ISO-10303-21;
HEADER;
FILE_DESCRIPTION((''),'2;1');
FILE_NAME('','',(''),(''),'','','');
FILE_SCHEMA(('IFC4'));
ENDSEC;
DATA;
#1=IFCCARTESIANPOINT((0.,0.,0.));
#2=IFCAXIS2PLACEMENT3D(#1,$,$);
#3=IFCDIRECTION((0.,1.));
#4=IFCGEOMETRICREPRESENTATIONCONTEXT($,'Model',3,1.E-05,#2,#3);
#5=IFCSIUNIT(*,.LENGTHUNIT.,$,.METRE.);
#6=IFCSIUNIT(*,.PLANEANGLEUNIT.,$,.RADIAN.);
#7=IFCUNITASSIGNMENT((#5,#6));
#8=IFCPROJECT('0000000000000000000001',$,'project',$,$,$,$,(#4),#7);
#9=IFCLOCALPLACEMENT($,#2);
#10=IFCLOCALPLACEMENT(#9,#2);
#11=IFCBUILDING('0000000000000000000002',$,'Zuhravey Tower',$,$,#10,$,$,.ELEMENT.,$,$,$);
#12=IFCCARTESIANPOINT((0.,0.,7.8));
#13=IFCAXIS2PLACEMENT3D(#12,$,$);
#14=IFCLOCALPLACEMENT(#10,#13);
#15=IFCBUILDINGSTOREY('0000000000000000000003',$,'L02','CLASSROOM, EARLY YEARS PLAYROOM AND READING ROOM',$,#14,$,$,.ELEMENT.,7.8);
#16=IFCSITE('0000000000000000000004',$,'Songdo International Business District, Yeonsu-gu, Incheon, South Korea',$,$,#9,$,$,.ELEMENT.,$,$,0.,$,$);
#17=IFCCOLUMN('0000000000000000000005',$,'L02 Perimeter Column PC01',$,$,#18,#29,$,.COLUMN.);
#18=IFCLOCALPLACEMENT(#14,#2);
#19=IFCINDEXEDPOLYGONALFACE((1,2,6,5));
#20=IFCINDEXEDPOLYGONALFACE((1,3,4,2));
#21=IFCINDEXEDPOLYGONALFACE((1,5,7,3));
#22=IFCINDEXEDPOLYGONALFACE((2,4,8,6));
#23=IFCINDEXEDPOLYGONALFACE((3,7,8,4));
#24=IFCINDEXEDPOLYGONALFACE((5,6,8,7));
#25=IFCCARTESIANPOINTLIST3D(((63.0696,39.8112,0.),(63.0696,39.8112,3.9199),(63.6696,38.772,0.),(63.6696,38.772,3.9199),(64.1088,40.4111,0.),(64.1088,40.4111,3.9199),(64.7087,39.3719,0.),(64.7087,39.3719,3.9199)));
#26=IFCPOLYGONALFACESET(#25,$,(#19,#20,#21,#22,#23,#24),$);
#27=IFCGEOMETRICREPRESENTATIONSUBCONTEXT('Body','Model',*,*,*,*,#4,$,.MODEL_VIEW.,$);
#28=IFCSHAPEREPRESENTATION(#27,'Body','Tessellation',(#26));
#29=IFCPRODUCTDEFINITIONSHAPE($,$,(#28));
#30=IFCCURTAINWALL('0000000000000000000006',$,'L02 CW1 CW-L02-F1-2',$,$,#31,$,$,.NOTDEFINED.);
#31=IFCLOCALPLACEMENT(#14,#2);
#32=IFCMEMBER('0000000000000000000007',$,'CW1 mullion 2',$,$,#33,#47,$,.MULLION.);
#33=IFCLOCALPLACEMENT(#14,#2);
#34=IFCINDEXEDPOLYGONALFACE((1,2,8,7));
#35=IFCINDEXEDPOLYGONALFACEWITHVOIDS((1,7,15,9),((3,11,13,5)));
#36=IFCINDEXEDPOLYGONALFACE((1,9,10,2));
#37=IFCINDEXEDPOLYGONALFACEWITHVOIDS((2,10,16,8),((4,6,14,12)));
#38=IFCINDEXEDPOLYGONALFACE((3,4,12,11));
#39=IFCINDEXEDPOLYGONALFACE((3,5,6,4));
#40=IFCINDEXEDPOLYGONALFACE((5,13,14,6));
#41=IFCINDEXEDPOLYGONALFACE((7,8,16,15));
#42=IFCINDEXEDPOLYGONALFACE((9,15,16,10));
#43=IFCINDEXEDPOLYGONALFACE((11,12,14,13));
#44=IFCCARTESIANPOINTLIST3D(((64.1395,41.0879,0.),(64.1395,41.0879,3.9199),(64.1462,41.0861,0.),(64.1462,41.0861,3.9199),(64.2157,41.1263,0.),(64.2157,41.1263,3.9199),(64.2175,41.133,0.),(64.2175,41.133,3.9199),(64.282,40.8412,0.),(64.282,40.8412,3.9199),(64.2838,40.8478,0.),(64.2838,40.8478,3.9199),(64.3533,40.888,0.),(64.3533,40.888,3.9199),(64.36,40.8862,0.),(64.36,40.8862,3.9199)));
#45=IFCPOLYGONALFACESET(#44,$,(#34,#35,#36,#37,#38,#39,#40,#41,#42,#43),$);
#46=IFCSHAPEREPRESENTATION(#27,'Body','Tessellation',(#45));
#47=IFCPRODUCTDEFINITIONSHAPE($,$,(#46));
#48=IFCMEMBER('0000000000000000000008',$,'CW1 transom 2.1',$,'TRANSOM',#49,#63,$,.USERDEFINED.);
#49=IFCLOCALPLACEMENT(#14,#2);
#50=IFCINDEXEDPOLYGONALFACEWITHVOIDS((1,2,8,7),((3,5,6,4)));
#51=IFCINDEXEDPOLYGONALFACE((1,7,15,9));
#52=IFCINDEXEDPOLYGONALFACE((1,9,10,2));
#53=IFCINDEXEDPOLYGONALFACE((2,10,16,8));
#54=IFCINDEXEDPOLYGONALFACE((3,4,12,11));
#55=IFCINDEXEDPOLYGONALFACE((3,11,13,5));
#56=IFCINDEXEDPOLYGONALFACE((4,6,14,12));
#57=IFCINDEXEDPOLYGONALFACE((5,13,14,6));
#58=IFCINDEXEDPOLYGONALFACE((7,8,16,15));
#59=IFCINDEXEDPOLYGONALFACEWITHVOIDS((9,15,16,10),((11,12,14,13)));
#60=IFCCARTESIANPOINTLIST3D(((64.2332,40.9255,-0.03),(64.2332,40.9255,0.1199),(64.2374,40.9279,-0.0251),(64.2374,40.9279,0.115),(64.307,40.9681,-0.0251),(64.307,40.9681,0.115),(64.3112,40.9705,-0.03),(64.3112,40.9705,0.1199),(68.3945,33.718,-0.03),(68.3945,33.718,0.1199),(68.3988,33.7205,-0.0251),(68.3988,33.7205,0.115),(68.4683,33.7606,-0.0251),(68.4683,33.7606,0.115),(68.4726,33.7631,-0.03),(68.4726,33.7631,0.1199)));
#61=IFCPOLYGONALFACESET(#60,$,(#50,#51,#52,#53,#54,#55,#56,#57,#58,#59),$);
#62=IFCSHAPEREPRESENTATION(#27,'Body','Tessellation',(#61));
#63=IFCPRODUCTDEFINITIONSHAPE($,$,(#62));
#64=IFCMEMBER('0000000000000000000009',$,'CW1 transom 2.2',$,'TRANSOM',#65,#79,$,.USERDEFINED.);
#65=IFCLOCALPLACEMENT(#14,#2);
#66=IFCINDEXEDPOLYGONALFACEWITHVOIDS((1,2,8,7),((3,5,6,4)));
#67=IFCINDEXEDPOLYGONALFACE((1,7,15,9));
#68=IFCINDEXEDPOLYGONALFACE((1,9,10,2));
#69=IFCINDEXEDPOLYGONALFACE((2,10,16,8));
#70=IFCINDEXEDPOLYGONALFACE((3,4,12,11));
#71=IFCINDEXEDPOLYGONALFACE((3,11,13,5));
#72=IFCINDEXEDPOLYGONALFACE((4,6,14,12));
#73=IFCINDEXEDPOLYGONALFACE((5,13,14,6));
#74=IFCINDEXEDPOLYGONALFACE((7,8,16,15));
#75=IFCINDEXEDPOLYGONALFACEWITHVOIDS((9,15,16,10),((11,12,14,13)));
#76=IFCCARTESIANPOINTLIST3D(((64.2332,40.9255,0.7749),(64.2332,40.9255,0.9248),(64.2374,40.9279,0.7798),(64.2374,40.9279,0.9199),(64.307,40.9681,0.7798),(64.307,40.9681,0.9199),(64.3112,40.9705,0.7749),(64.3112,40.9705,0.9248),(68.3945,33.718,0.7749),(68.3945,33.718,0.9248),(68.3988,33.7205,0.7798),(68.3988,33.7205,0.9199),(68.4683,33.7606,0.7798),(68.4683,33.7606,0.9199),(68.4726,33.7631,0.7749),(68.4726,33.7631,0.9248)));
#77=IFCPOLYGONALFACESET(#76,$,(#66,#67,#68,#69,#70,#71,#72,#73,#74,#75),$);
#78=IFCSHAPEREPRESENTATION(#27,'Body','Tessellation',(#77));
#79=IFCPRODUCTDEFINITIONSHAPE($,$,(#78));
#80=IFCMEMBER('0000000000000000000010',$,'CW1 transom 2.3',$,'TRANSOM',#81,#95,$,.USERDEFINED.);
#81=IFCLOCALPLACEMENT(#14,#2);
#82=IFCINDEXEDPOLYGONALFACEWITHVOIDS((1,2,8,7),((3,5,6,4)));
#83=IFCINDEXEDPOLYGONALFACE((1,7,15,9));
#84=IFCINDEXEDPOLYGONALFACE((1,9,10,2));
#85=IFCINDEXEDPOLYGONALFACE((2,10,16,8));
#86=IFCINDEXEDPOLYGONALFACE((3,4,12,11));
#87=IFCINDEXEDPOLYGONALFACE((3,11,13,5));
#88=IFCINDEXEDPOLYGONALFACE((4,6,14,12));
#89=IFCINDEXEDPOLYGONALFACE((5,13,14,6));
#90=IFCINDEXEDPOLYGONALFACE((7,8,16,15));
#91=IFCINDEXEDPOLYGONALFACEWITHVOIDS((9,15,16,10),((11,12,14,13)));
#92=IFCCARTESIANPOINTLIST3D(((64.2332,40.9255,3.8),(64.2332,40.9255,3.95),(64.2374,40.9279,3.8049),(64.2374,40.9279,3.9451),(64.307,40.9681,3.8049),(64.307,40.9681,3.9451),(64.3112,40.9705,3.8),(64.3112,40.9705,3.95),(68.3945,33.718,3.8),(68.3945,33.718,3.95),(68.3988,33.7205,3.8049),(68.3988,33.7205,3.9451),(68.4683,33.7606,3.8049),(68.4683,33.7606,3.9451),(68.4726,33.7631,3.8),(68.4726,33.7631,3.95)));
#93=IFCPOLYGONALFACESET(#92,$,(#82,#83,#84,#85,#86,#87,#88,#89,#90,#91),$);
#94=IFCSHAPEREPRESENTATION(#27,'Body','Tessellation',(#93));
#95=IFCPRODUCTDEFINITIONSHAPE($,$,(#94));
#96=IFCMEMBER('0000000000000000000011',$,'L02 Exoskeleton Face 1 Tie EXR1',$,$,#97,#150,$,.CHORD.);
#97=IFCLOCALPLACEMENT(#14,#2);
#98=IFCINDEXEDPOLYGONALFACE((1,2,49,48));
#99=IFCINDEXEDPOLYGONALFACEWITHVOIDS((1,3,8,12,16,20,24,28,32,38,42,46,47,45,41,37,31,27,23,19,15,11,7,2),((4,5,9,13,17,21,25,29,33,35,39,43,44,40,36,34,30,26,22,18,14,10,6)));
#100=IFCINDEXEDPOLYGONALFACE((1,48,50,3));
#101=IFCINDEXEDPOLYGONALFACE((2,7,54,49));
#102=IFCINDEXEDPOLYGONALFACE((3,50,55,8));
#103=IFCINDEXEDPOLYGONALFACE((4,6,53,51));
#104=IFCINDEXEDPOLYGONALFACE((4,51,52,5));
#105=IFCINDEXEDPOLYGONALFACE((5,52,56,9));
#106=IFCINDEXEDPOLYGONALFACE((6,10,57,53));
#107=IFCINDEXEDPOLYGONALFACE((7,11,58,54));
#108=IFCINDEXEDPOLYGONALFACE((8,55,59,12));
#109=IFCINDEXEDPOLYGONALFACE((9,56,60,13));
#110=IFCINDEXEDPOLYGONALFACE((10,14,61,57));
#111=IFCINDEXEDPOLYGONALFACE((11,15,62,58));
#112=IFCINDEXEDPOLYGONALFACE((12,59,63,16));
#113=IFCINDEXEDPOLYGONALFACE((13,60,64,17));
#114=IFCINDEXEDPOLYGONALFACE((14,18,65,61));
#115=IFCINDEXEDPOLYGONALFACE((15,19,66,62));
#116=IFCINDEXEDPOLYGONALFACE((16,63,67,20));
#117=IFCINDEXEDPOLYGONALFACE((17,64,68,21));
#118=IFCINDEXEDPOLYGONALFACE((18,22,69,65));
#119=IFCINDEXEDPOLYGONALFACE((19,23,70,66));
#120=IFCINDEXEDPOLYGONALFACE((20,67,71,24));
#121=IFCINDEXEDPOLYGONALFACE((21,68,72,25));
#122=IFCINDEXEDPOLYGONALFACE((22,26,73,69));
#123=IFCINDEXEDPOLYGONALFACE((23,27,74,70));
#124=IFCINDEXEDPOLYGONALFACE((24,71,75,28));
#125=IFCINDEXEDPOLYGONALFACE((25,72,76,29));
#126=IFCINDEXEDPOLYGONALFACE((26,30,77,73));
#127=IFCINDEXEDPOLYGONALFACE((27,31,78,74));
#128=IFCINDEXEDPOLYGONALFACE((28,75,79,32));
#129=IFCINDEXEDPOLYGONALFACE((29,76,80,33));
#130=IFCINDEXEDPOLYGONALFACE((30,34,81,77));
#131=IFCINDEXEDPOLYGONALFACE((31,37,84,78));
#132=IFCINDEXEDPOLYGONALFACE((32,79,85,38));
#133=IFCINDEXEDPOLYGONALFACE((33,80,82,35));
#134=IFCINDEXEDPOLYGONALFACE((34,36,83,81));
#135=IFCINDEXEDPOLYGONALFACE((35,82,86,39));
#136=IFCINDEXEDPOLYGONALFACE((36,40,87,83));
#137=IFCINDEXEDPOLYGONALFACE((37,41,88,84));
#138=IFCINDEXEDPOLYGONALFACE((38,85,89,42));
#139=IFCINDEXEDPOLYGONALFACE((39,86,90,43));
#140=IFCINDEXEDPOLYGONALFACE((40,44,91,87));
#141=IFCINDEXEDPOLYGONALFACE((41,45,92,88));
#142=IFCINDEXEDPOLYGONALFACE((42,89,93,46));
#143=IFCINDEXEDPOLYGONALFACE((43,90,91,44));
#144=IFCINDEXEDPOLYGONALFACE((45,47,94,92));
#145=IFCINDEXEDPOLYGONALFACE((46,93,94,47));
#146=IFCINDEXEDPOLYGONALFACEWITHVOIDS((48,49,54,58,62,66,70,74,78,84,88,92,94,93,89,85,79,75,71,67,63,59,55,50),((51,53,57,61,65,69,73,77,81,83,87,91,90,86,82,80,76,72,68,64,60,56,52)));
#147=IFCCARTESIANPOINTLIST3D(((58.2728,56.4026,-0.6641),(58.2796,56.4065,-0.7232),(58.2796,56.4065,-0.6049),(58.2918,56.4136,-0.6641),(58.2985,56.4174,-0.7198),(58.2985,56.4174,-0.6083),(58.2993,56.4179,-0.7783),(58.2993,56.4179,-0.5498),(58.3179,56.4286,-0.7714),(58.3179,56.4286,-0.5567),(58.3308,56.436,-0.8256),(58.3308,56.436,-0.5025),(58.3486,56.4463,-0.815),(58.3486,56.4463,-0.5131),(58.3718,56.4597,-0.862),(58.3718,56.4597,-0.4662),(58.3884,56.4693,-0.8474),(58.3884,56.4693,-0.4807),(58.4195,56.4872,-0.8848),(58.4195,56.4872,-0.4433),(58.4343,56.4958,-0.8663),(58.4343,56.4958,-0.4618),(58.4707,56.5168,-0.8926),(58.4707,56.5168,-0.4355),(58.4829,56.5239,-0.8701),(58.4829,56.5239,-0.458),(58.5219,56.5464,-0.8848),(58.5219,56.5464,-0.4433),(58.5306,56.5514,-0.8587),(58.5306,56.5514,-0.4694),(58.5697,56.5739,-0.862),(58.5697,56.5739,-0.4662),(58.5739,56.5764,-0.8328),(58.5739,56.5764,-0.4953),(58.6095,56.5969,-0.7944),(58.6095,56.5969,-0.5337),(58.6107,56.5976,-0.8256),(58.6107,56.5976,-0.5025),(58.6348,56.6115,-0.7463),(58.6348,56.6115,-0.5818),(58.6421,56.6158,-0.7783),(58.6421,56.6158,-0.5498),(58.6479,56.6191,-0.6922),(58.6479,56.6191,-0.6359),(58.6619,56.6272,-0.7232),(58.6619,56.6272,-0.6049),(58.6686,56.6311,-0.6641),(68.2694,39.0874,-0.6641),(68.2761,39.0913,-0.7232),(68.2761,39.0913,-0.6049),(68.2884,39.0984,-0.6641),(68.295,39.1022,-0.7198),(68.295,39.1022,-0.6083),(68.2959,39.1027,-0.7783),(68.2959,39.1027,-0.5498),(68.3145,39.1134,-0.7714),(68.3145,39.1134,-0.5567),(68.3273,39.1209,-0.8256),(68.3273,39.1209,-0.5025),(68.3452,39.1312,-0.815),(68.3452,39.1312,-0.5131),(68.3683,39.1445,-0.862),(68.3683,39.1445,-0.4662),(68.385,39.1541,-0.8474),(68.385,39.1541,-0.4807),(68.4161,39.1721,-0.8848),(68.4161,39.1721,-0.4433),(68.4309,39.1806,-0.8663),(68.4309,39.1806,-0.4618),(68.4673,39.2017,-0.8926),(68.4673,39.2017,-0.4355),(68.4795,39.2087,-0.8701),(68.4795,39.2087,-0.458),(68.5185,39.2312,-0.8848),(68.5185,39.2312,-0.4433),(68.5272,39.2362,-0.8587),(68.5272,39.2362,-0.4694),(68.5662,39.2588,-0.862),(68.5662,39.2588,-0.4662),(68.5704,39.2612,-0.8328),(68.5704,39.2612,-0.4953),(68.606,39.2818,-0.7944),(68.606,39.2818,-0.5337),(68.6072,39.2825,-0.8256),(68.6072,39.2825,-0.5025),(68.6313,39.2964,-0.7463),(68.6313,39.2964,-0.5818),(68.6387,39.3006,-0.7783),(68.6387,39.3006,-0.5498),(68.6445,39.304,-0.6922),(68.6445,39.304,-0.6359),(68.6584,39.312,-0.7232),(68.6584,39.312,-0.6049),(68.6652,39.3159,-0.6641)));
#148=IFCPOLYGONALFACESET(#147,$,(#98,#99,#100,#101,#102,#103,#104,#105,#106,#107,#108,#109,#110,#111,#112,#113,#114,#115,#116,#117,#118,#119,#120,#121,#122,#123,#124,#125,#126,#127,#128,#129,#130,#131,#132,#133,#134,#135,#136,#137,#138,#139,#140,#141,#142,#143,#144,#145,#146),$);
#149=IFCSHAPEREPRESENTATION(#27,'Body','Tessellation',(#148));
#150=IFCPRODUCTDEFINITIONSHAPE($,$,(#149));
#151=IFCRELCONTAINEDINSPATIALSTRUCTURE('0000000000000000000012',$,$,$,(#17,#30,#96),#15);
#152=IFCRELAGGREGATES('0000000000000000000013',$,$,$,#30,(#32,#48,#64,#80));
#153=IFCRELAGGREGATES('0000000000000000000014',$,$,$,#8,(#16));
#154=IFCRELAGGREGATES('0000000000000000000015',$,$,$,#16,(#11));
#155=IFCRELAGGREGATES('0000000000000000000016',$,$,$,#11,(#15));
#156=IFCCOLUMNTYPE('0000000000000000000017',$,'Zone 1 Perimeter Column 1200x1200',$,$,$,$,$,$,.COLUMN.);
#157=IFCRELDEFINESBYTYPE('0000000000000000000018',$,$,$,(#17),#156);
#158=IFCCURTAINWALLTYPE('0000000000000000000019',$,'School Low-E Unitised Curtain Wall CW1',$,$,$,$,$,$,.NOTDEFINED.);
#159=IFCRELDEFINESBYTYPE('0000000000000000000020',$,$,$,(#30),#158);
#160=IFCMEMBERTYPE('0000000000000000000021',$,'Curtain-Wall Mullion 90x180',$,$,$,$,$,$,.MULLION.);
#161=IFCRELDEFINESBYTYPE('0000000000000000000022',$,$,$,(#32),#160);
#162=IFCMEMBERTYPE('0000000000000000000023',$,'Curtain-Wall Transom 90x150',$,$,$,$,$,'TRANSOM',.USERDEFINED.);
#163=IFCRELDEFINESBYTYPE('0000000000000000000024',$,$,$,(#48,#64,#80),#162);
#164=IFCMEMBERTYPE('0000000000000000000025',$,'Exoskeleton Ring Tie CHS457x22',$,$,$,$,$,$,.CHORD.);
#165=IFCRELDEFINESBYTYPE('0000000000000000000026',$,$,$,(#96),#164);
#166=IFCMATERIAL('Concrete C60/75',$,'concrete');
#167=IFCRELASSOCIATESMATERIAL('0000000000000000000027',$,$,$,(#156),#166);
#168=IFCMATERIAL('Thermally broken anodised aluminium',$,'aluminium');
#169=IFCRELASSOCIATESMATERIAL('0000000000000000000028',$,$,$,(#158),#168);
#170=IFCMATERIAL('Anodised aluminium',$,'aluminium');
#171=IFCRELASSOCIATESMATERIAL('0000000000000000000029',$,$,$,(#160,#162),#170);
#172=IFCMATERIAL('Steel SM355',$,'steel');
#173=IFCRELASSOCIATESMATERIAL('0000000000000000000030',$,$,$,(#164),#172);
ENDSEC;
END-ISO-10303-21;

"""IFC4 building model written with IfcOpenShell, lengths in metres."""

from ifc_helpers import new_model, si_unit, direction, frame, origin, origin_2d, place, context, subcontext, project, spatial, rectangle, hollow_rectangle, hollow_circle, extrude, material, material_profile, profile_set, type_object, element, aggregate, save


model = new_model("IFC4")

# Units and contexts
model_context = context("Model", 3, precision=1e-05, world=origin(), true_north=direction((0.0, 1.0)))
body_context = subcontext(model_context, "Body", "Model", "MODEL_VIEW")
ifc_project = project(units=[si_unit("LENGTHUNIT", "METRE"), si_unit("PLANEANGLEUNIT", "RADIAN")], contexts=[model_context])

# Site, building, storey
site_placement = place(None, origin())
site = spatial("IfcSite", under=ifc_project, at=site_placement, Name="Songdo International Business District, Yeonsu-gu, Incheon, South Korea", CompositionType="ELEMENT", RefElevation=0.0)
building_placement = place(site_placement, origin())
building = spatial("IfcBuilding", under=site, at=building_placement, Name="Zuhravey Tower", CompositionType="ELEMENT")
storey_placement = place(building_placement, frame((0.0, 0.0, 7.8)))
storey = spatial("IfcBuildingStorey", under=building, at=storey_placement, Name="L02", Description="CLASSROOM, EARLY YEARS PLAYROOM AND READING ROOM", CompositionType="ELEMENT", Elevation=7.8)

# Column
ifc_material_1 = material(Name="Concrete C60/75", Category="concrete")
ifc_material_profile_1 = material_profile(ifc_material_1, rectangle(XDim=1.2, YDim=1.2, at=origin_2d()), Name="RC-1200x1200")
ifc_profile_set_1 = profile_set([ifc_material_profile_1], Name="Concrete C60/75")
column_type = type_object("IfcColumnType", Name="Zone 1 Perimeter Column 1200x1200", PredefinedType="COLUMN", material=ifc_profile_set_1)
column_placement = place(storey_placement, frame((63.8892, 39.5916, 0.0), z_axis=(0.0, 0.0, 1.0), x_axis=(-0.5, 0.866025, 0.0)))
element("IfcColumn", 1, at=column_placement, inside=storey, type_object=column_type, Name="L02 Perimeter Column PC01", PredefinedType="COLUMN", context=body_context, shape_type="SweptSolid", body=[
    extrude(rectangle(XDim=1.2, YDim=1.2, at=origin_2d()), origin(), (0.0, 0.0, 1.0), 3.9199),
])

# Curtain wall, members
ifc_material_2 = material(Name="Thermally broken anodised aluminium", Category="aluminium")
curtain_wall_type = type_object("IfcCurtainWallType", Name="School Low-E Unitised Curtain Wall CW1", PredefinedType="NOTDEFINED", material=ifc_material_2)
curtain_wall_placement = place(storey_placement, origin())
curtain_wall = element("IfcCurtainWall", 2, at=curtain_wall_placement, inside=storey, type_object=curtain_wall_type, Name="L02 CW1 CW-L02-F1-2", PredefinedType="NOTDEFINED")
ifc_material_3 = material(Name="Anodised aluminium", Category="aluminium")
ifc_material_profile_2 = material_profile(ifc_material_3, hollow_rectangle(XDim=0.0901, YDim=0.2849, WallThickness=0.0049, at=origin_2d()), Name="ALU-RHS-90x285x5")
ifc_profile_set_2 = profile_set([ifc_material_profile_2], Name="Anodised aluminium")
member_type_1 = type_object("IfcMemberType", Name="Curtain-Wall Mullion 90x180", PredefinedType="MULLION", material=ifc_profile_set_2)
member_1_placement = place(storey_placement, frame((64.2498, 40.9871, 0.0), z_axis=(0.0, 0.0, 1.0), x_axis=(0.866026, 0.5, 0.0)))
member_1 = element("IfcMember", 3, at=member_1_placement, type_object=member_type_1, Name="CW1 mullion 2", PredefinedType="MULLION", context=body_context, shape_type="SweptSolid", body=[
    extrude(hollow_rectangle(XDim=0.0901, YDim=0.2849, WallThickness=0.0049, at=origin_2d()), origin(), (0.0, 0.0, 1.0), 3.9199),
])
ifc_material_profile_3 = material_profile(ifc_material_3, hollow_rectangle(XDim=0.0901, YDim=0.1499, WallThickness=0.0049, at=origin_2d()), Name="ALU-RHS-90x150x5")
ifc_profile_set_3 = profile_set([ifc_material_profile_3], Name="Anodised aluminium")
member_type_2 = type_object("IfcMemberType", Name="Curtain-Wall Transom 90x150", ElementType="TRANSOM", PredefinedType="USERDEFINED", material=ifc_profile_set_3)
member_2_placement = place(storey_placement, frame((64.2722, 40.948, 0.0449), z_axis=(0.50001, -0.866019, 0.0), x_axis=(0.866019, 0.50001, 0.0)))
member_2 = element("IfcMember", 4, at=member_2_placement, type_object=member_type_2, Name="CW1 transom 2.1", ObjectType="TRANSOM", PredefinedType="USERDEFINED", context=body_context, shape_type="SweptSolid", body=[
    extrude(hollow_rectangle(XDim=0.0901, YDim=0.1499, WallThickness=0.0049, at=origin_2d()), origin(), (0.0, 0.0, 1.0), 8.3225),
])
member_3_placement = place(storey_placement, frame((64.2722, 40.948, 0.8499), z_axis=(0.50001, -0.866019, 0.0), x_axis=(0.866019, 0.50001, 0.0)))
member_3 = element("IfcMember", 5, at=member_3_placement, type_object=member_type_2, Name="CW1 transom 2.2", ObjectType="TRANSOM", PredefinedType="USERDEFINED", context=body_context, shape_type="SweptSolid", body=[
    extrude(hollow_rectangle(XDim=0.0901, YDim=0.1499, WallThickness=0.0049, at=origin_2d()), origin(), (0.0, 0.0, 1.0), 8.3225),
])
member_4_placement = place(storey_placement, frame((64.2722, 40.948, 3.875), z_axis=(0.50001, -0.866019, 0.0), x_axis=(0.866019, 0.50001, 0.0)))
member_4 = element("IfcMember", 6, at=member_4_placement, type_object=member_type_2, Name="CW1 transom 2.3", ObjectType="TRANSOM", PredefinedType="USERDEFINED", context=body_context, shape_type="SweptSolid", body=[
    extrude(hollow_rectangle(XDim=0.0901, YDim=0.1499, WallThickness=0.0049, at=origin_2d()), origin(), (0.0, 0.0, 1.0), 8.3225),
])

# Member
ifc_material_4 = material(Name="Steel SM355", Category="steel")
ifc_material_profile_4 = material_profile(ifc_material_4, hollow_circle(Radius=0.2285, WallThickness=0.022, at=origin_2d()), Name="CHS-457.2x22")
ifc_profile_set_4 = profile_set([ifc_material_profile_4], Name="Steel SM355")
member_type_3 = type_object("IfcMemberType", Name="Exoskeleton Ring Tie CHS457x22", PredefinedType="CHORD", material=ifc_profile_set_4)
member_5_placement = place(storey_placement, frame((68.4673, 39.2017, -0.6641), z_axis=(-0.499987, 0.866033, 0.0), x_axis=(-0.866033, -0.499987, 0.0)))
element("IfcMember", 7, at=member_5_placement, inside=storey, type_object=member_type_3, Name="L02 Exoskeleton Face 1 Tie EXR1", PredefinedType="CHORD", context=body_context, shape_type="SweptSolid", body=[
    extrude(hollow_circle(Radius=0.2285, WallThickness=0.022, at=origin_2d()), origin(), (0.0, 0.0, 1.0), 19.9937),
])

aggregate(curtain_wall, [member_1, member_2, member_3, member_4])

save(model, "model.ifc")
